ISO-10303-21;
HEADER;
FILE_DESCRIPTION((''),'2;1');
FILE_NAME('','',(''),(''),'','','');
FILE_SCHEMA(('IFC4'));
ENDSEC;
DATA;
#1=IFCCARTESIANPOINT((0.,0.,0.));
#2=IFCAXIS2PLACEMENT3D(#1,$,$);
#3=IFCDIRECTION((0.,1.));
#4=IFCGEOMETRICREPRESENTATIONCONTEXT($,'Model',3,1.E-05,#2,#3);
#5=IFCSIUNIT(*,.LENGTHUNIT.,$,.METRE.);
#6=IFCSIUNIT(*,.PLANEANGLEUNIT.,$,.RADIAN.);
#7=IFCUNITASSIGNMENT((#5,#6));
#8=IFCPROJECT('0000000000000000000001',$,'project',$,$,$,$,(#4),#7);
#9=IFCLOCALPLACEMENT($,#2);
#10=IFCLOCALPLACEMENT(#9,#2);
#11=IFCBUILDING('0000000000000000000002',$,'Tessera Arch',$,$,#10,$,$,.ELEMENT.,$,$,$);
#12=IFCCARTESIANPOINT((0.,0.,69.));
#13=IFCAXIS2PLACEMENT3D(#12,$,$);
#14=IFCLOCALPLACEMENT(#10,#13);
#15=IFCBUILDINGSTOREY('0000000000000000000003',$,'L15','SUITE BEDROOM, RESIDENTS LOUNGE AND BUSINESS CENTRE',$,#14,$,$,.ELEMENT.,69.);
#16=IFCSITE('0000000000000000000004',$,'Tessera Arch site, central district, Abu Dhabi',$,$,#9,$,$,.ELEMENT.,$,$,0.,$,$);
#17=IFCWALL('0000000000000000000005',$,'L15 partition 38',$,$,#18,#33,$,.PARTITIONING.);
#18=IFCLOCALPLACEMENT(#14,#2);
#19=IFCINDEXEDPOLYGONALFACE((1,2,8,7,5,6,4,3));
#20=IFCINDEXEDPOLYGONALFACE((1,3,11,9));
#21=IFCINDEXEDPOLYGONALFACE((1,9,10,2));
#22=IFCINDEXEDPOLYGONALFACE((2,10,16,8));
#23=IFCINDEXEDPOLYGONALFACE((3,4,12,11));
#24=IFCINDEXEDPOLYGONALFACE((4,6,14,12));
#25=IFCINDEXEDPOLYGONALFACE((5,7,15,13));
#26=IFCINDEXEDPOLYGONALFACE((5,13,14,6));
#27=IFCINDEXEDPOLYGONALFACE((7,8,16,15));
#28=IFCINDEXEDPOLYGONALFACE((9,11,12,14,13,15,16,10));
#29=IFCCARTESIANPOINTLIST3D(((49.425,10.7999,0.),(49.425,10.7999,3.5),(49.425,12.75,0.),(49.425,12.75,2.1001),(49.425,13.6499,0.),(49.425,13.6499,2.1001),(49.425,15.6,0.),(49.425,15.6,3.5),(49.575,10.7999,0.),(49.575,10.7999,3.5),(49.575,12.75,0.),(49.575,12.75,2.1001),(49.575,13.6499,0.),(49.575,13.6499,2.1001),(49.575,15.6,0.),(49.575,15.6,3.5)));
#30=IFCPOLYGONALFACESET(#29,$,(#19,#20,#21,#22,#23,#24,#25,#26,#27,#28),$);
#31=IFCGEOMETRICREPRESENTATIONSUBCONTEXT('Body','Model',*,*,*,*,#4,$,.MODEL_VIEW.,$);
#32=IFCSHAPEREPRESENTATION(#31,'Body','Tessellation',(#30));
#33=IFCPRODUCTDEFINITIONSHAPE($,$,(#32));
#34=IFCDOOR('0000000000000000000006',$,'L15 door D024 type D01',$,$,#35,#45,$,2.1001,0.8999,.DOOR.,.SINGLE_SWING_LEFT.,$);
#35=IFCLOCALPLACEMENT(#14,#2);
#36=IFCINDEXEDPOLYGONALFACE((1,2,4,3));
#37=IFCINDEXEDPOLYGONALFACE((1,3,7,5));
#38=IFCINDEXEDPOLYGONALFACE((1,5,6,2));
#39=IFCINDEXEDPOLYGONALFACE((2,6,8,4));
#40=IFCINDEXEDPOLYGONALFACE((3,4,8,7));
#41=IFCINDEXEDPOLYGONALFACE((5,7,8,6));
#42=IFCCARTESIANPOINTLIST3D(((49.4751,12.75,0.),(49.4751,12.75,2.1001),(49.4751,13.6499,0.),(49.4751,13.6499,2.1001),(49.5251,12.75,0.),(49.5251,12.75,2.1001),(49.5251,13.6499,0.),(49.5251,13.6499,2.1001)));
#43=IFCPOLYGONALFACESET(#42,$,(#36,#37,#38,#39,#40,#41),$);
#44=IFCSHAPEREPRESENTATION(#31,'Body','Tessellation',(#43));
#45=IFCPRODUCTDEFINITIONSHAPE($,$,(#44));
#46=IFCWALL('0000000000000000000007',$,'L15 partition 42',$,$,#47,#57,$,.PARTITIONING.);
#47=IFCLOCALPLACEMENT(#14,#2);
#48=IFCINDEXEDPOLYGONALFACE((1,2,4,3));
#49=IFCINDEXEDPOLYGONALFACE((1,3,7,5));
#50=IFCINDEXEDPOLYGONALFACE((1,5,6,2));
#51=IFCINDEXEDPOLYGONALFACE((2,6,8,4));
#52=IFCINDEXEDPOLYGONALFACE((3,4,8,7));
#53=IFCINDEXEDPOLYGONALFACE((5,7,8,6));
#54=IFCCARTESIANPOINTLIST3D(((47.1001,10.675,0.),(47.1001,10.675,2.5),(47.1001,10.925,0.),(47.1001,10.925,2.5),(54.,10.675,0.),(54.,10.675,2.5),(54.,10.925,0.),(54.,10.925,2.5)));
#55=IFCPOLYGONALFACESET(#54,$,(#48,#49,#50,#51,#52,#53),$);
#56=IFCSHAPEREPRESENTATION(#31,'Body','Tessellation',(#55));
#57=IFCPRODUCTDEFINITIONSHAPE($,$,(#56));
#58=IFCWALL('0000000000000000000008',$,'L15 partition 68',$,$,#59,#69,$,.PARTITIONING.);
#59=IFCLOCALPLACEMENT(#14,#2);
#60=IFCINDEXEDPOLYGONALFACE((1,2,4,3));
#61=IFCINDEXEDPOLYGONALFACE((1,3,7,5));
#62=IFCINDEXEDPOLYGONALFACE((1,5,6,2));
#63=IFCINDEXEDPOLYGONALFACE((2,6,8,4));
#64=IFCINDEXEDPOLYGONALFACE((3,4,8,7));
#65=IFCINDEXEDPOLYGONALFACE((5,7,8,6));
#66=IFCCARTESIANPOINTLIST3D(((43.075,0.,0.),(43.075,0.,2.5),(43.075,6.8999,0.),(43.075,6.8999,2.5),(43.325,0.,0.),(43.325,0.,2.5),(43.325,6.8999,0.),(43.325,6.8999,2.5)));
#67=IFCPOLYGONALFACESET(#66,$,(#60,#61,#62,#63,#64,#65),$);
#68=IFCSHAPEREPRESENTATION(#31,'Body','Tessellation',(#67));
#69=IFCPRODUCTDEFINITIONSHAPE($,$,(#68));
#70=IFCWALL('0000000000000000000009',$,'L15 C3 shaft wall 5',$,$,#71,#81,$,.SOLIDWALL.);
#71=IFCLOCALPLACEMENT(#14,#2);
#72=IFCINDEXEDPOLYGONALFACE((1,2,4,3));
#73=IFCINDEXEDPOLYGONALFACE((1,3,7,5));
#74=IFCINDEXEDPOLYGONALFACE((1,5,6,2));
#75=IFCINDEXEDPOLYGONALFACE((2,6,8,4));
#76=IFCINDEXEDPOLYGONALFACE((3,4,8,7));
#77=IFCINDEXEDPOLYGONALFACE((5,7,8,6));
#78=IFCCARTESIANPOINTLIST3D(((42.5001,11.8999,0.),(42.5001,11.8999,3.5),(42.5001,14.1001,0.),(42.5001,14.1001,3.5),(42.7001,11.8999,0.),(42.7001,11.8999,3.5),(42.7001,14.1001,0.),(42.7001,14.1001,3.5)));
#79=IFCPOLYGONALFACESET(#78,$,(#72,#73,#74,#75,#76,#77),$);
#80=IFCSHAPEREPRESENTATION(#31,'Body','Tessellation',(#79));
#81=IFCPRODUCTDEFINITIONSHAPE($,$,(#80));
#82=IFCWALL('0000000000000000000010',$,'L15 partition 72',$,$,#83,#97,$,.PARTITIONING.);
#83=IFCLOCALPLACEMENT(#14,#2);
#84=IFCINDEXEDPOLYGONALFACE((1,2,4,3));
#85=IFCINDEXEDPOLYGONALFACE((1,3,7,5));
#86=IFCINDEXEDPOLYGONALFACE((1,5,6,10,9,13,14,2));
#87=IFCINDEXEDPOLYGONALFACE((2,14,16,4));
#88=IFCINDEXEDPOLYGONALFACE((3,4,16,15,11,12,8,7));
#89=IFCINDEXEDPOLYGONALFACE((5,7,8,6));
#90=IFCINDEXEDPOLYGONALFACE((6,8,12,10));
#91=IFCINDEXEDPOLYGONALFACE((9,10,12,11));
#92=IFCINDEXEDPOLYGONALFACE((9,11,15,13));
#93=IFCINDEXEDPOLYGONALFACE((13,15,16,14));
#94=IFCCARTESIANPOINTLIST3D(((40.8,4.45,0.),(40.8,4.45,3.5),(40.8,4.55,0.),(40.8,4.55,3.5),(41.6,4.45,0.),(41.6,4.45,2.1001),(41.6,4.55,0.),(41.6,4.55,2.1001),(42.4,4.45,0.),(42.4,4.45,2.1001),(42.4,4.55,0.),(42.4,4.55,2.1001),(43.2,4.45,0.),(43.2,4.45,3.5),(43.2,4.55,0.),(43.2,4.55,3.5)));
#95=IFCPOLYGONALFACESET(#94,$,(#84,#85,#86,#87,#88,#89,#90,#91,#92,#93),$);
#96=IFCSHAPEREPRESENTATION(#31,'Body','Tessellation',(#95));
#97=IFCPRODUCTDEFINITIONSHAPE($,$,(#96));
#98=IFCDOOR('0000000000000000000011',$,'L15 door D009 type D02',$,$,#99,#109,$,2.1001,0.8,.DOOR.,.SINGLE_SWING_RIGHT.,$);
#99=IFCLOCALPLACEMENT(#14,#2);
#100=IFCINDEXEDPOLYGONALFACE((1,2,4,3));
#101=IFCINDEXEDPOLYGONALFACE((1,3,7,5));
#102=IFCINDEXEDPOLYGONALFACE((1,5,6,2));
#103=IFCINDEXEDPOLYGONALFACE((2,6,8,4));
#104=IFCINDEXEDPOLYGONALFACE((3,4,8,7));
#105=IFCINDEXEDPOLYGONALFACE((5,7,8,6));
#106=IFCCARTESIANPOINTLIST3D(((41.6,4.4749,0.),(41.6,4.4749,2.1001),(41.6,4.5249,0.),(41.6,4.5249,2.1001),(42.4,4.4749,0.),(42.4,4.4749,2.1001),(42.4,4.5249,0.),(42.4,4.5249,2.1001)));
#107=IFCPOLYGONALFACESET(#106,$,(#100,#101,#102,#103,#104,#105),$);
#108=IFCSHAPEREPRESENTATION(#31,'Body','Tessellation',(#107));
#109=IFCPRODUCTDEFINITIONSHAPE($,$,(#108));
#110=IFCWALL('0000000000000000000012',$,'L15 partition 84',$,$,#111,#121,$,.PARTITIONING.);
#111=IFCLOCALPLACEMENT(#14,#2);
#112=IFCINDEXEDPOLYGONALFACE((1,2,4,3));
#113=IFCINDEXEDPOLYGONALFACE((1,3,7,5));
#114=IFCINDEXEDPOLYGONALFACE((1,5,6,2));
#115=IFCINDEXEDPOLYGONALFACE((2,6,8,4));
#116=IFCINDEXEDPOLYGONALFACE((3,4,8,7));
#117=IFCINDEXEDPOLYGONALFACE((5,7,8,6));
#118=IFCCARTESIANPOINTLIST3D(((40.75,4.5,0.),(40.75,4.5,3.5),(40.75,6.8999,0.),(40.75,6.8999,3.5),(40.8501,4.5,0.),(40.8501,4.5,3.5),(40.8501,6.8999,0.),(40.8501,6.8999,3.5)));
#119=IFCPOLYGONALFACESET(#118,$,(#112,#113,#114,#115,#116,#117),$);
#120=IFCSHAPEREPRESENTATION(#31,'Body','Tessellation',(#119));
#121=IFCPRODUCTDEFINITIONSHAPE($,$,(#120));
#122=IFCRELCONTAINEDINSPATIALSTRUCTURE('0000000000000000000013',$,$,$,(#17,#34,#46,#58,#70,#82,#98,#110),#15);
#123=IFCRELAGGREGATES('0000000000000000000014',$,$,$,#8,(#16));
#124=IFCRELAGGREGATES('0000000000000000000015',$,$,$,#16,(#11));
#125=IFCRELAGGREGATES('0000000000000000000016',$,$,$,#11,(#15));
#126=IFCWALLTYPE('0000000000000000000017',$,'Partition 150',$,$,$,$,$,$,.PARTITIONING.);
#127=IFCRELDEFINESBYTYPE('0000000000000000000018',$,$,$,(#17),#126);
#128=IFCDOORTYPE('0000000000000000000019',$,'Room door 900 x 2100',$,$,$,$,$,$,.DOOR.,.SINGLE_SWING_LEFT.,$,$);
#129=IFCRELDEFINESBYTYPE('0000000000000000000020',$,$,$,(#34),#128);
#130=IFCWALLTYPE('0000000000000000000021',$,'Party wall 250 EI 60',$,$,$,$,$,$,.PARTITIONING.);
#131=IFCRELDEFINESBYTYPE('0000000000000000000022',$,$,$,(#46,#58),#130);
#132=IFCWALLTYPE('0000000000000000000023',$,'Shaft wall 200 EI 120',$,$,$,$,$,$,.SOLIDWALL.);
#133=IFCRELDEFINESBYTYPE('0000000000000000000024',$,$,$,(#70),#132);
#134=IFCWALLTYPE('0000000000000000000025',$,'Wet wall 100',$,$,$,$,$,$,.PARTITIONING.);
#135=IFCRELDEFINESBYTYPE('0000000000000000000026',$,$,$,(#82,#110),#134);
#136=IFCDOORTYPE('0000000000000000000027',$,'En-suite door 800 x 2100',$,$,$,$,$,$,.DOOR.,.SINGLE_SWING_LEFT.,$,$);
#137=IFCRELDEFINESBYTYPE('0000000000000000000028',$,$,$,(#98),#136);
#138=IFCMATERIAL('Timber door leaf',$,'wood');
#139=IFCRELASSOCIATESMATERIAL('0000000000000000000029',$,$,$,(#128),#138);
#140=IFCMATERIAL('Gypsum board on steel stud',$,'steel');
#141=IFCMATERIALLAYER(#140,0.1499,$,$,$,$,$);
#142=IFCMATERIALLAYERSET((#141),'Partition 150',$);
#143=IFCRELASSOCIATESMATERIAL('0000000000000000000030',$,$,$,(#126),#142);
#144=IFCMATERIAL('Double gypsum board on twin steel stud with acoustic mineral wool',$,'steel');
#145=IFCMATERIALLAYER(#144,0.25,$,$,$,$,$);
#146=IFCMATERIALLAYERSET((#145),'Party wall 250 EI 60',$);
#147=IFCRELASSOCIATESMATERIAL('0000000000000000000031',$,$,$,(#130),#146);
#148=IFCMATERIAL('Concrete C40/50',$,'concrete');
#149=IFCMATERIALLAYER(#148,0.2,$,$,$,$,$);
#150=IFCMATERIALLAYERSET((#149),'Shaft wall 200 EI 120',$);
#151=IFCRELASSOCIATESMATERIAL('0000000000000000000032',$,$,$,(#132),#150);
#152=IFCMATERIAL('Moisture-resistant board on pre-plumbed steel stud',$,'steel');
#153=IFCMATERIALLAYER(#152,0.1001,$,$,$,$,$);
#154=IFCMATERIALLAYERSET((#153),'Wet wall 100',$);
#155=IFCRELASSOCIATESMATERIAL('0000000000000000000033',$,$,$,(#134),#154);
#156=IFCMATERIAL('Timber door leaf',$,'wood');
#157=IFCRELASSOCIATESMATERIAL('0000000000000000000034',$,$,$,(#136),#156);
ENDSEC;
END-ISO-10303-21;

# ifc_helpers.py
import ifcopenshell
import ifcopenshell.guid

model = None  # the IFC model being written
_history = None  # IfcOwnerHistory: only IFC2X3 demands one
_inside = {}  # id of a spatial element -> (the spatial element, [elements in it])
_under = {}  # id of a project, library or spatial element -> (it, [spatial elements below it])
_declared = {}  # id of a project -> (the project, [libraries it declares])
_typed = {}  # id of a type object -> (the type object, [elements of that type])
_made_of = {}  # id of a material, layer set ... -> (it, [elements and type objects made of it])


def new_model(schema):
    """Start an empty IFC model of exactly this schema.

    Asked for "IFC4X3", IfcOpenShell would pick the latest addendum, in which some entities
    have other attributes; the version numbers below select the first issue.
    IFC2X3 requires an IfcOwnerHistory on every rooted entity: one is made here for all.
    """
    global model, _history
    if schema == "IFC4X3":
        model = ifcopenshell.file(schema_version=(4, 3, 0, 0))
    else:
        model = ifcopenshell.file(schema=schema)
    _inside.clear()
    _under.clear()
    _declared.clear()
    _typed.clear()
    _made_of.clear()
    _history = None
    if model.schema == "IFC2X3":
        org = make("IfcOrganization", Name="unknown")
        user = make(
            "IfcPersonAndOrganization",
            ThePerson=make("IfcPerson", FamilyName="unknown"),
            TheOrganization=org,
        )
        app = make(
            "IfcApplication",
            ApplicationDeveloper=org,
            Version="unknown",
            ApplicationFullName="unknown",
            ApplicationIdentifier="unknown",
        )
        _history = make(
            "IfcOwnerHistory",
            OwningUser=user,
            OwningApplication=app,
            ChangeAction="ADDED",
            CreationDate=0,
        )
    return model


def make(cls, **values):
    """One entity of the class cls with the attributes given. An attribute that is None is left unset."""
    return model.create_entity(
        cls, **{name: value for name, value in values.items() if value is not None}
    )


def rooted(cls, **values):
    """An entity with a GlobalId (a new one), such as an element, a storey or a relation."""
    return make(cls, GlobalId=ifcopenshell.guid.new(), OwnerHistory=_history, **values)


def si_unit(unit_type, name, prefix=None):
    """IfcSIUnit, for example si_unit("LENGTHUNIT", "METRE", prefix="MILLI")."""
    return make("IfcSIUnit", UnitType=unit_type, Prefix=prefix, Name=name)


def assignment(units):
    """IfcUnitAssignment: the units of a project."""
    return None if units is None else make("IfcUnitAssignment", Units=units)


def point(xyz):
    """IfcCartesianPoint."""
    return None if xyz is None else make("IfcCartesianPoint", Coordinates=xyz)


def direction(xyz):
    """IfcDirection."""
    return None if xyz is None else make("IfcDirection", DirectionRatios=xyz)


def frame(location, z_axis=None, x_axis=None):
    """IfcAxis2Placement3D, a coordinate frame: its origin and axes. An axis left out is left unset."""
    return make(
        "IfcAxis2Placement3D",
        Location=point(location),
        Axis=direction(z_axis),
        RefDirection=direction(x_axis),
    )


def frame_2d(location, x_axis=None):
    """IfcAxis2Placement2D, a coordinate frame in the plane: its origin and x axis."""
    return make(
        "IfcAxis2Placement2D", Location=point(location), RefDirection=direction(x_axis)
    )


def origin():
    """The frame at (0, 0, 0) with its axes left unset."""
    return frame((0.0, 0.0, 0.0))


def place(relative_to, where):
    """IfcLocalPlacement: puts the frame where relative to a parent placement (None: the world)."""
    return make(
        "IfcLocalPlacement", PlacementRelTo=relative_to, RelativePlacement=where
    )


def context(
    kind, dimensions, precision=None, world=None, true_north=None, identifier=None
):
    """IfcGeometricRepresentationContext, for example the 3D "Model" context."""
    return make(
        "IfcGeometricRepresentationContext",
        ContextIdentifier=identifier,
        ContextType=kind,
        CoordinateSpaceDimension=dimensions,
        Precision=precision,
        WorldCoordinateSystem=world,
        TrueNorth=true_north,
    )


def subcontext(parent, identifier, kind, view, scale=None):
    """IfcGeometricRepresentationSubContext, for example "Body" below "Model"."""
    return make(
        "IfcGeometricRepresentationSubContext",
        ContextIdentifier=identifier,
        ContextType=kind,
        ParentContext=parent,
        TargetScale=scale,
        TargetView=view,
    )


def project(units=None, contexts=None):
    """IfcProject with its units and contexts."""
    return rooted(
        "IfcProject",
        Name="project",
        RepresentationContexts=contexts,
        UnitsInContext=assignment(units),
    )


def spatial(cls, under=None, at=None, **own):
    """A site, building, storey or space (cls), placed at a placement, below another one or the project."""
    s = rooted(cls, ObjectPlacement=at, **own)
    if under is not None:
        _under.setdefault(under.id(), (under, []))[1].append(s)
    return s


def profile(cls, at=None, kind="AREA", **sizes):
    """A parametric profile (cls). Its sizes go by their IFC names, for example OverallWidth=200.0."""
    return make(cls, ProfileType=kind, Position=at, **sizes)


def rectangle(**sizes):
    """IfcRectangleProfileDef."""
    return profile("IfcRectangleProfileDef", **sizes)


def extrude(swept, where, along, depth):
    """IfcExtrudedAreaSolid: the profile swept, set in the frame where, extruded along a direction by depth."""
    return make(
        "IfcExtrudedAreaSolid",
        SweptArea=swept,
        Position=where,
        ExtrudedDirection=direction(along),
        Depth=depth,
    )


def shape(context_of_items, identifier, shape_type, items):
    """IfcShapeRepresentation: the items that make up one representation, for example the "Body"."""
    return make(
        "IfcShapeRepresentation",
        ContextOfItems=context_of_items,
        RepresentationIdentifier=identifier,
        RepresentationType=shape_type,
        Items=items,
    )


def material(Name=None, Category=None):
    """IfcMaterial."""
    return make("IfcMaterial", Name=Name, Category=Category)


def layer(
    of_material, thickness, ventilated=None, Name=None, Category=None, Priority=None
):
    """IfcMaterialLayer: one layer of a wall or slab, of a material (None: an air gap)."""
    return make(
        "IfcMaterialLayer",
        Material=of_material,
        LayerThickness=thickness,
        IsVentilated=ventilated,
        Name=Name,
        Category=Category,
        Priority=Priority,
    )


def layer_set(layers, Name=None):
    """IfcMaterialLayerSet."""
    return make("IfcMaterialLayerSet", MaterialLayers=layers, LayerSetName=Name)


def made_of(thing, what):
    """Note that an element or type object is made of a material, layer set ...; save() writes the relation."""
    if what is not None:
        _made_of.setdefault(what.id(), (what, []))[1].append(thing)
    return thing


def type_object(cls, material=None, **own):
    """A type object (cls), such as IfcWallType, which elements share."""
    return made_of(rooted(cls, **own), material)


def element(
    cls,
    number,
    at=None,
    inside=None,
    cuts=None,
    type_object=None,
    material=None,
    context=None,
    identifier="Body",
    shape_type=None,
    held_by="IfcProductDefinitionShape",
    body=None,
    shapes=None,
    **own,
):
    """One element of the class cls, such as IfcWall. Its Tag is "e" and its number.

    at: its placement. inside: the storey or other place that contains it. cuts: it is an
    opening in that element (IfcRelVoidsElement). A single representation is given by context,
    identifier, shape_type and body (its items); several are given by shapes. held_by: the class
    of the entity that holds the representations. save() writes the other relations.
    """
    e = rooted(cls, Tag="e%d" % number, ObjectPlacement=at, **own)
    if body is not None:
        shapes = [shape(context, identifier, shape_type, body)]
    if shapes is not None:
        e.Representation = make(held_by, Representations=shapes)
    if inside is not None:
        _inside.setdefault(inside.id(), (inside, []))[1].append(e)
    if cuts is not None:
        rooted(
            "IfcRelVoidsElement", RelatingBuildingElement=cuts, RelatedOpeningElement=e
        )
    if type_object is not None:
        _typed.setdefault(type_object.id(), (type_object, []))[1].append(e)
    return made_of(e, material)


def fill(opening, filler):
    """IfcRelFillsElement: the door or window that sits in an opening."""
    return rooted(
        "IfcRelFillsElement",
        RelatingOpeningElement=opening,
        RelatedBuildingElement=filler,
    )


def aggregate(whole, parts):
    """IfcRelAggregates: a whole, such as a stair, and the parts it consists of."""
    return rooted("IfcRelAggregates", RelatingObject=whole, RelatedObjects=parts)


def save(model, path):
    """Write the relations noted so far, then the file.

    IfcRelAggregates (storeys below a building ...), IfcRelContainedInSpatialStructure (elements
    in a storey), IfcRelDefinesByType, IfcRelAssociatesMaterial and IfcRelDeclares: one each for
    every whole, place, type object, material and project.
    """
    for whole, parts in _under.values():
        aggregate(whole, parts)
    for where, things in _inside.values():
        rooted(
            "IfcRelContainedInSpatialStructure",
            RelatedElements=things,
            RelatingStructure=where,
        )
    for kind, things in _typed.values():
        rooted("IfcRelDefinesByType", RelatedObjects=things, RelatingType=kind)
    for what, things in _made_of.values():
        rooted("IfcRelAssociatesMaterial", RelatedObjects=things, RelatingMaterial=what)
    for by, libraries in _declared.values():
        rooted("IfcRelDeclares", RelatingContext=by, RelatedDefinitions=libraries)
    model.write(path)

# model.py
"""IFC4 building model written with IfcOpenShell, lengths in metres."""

from ifc_helpers import new_model, si_unit, direction, frame, frame_2d, origin, place, context, subcontext, project, spatial, rectangle, extrude, material, layer, layer_set, type_object, element, fill, save


model = new_model("IFC4")

# Units and contexts
model_context = context("Model", 3, precision=1e-05, world=origin(), true_north=direction((0.0, 1.0)))
body_context = subcontext(model_context, "Body", "Model", "MODEL_VIEW")
ifc_project = project(units=[si_unit("LENGTHUNIT", "METRE"), si_unit("PLANEANGLEUNIT", "RADIAN")], contexts=[model_context])

# Site, building, storey
site_placement = place(None, origin())
site = spatial("IfcSite", under=ifc_project, at=site_placement, Name="Tessera Arch site, central district, Abu Dhabi", CompositionType="ELEMENT", RefElevation=0.0)
building_placement = place(site_placement, origin())
building = spatial("IfcBuilding", under=site, at=building_placement, Name="Tessera Arch", CompositionType="ELEMENT")
storey_placement = place(building_placement, frame((0.0, 0.0, 69.0)))
storey = spatial("IfcBuildingStorey", under=building, at=storey_placement, Name="L15", Description="SUITE BEDROOM, RESIDENTS LOUNGE AND BUSINESS CENTRE", CompositionType="ELEMENT", Elevation=69.0)

# Shared definitions
ifc_material_1 = material(Name="Timber door leaf", Category="wood")
door_type_1 = type_object("IfcDoorType", Name="Room door 900 x 2100", OperationType="SINGLE_SWING_LEFT", PredefinedType="DOOR", material=ifc_material_1)

# Wall, opening, door
ifc_material_2 = material(Name="Gypsum board on steel stud", Category="steel")
ifc_layer_1 = layer(ifc_material_2, 0.1499)
ifc_layer_set_1 = layer_set([ifc_layer_1], Name="Partition 150")
wall_type_1 = type_object("IfcWallType", Name="Partition 150", PredefinedType="PARTITIONING", material=ifc_layer_set_1)
wall_1_placement = place(storey_placement, frame((49.5, 10.8, 0.0), z_axis=(0.0, 0.0, 1.0), x_axis=(0.0, 1.0, 0.0)))
wall_1 = element("IfcWall", 1, at=wall_1_placement, inside=storey, type_object=wall_type_1, Name="L15 partition 38", PredefinedType="PARTITIONING", context=body_context, shape_type="SweptSolid", body=[
    extrude(rectangle(XDim=4.8, YDim=0.1499, at=frame_2d((2.3999, 0.0))), origin(), (0.0, 0.0, 1.0), 3.5),
])
opening_1_placement = place(wall_1_placement, frame((1.95, 0.0, 0.0)))
opening_1 = element("IfcOpeningElement", 2, at=opening_1_placement, cuts=wall_1, PredefinedType="OPENING", context=body_context, shape_type="SweptSolid", body=[
    extrude(rectangle(XDim=0.8999, YDim=2.1001, at=frame_2d((0.45, 1.05))), frame((0.0, 0.085, 0.0), z_axis=(0.0, -1.0, 0.0), x_axis=(1.0, 0.0, 0.0)), (0.0, 0.0, 1.0), 0.1699),
])
door_1_placement = place(opening_1_placement, origin())
door_1 = element("IfcDoor", 3, at=door_1_placement, inside=storey, type_object=door_type_1, Name="L15 door D024 type D01", OperationType="SINGLE_SWING_LEFT", OverallHeight=2.1001, OverallWidth=0.8999, PredefinedType="DOOR", context=body_context, shape_type="SweptSolid", body=[
    extrude(rectangle(XDim=0.8999, YDim=2.1001, at=frame_2d((0.45, 1.05))), frame((0.0, 0.0249, 0.0), z_axis=(0.0, -1.0, 0.0), x_axis=(1.0, 0.0, 0.0)), (0.0, 0.0, 1.0), 0.05),
])
fill(opening_1, door_1)

# Walls
ifc_material_3 = material(Name="Double gypsum board on twin steel stud with acoustic mineral wool", Category="steel")
ifc_layer_2 = layer(ifc_material_3, 0.25)
ifc_layer_set_2 = layer_set([ifc_layer_2], Name="Party wall 250 EI 60")
wall_type_2 = type_object("IfcWallType", Name="Party wall 250 EI 60", PredefinedType="PARTITIONING", material=ifc_layer_set_2)
for number, where, z_axis, x_axis, name in (
    (4, (47.1001, 10.8, 0.0), (0.0, 0.0, 1.0), (1.0, 0.0, 0.0), "L15 partition 42"),
    (5, (43.2, 0.0, 0.0), (0.0, 0.0, 1.0), (0.0, 1.0, 0.0), "L15 partition 68"),
):
    element("IfcWall", number, at=place(storey_placement, frame(where, z_axis=z_axis, x_axis=x_axis)), inside=storey, type_object=wall_type_2, Name=name, PredefinedType="PARTITIONING", context=body_context, shape_type="SweptSolid", body=[
        extrude(rectangle(XDim=6.8999, YDim=0.25, at=frame_2d((3.45, 0.0))), origin(), (0.0, 0.0, 1.0), 2.5),
    ])
ifc_material_4 = material(Name="Concrete C40/50", Category="concrete")
ifc_layer_3 = layer(ifc_material_4, 0.2)
ifc_layer_set_3 = layer_set([ifc_layer_3], Name="Shaft wall 200 EI 120")
wall_type_3 = type_object("IfcWallType", Name="Shaft wall 200 EI 120", PredefinedType="SOLIDWALL", material=ifc_layer_set_3)
wall_2_placement = place(storey_placement, frame((42.6001, 11.8999, 0.0), z_axis=(0.0, 0.0, 1.0), x_axis=(0.0, 1.0, 0.0)))
element("IfcWall", 6, at=wall_2_placement, inside=storey, type_object=wall_type_3, Name="L15 C3 shaft wall 5", PredefinedType="SOLIDWALL", context=body_context, shape_type="SweptSolid", body=[
    extrude(rectangle(XDim=2.2002, YDim=0.2, at=frame_2d((1.1001, 0.0))), origin(), (0.0, 0.0, 1.0), 3.5),
])

# Wall, opening, door
ifc_material_5 = material(Name="Moisture-resistant board on pre-plumbed steel stud", Category="steel")
ifc_layer_4 = layer(ifc_material_5, 0.1001)
ifc_layer_set_4 = layer_set([ifc_layer_4], Name="Wet wall 100")
wall_type_4 = type_object("IfcWallType", Name="Wet wall 100", PredefinedType="PARTITIONING", material=ifc_layer_set_4)
wall_3_placement = place(storey_placement, frame((40.8, 4.5, 0.0), z_axis=(0.0, 0.0, 1.0), x_axis=(1.0, 0.0, 0.0)))
wall_3 = element("IfcWall", 7, at=wall_3_placement, inside=storey, type_object=wall_type_4, Name="L15 partition 72", PredefinedType="PARTITIONING", context=body_context, shape_type="SweptSolid", body=[
    extrude(rectangle(XDim=2.3999, YDim=0.1001, at=frame_2d((1.2, 0.0))), origin(), (0.0, 0.0, 1.0), 3.5),
])
opening_2_placement = place(wall_3_placement, frame((0.8, 0.0, 0.0)))
opening_2 = element("IfcOpeningElement", 8, at=opening_2_placement, cuts=wall_3, PredefinedType="OPENING", context=body_context, shape_type="SweptSolid", body=[
    extrude(rectangle(XDim=0.8, YDim=2.1001, at=frame_2d((0.3999, 1.05))), frame((0.0, 0.0601, 0.0), z_axis=(0.0, -1.0, 0.0), x_axis=(1.0, 0.0, 0.0)), (0.0, 0.0, 1.0), 0.1201),
])
ifc_material_6 = material(Name="Timber door leaf", Category="wood")
door_type_2 = type_object("IfcDoorType", Name="En-suite door 800 x 2100", OperationType="SINGLE_SWING_LEFT", PredefinedType="DOOR", material=ifc_material_6)
door_2_placement = place(opening_2_placement, origin())
door_2 = element("IfcDoor", 9, at=door_2_placement, inside=storey, type_object=door_type_2, Name="L15 door D009 type D02", OperationType="SINGLE_SWING_RIGHT", OverallHeight=2.1001, OverallWidth=0.8, PredefinedType="DOOR", context=body_context, shape_type="SweptSolid", body=[
    extrude(rectangle(XDim=0.8, YDim=2.1001, at=frame_2d((0.3999, 1.05))), frame((0.0, 0.0249, 0.0), z_axis=(0.0, -1.0, 0.0), x_axis=(1.0, 0.0, 0.0)), (0.0, 0.0, 1.0), 0.05),
])
fill(opening_2, door_2)

# Wall
wall_4_placement = place(storey_placement, frame((40.8, 4.5, 0.0), z_axis=(0.0, 0.0, 1.0), x_axis=(0.0, 1.0, 0.0)))
element("IfcWall", 10, at=wall_4_placement, inside=storey, type_object=wall_type_4, Name="L15 partition 84", PredefinedType="PARTITIONING", context=body_context, shape_type="SweptSolid", body=[
    extrude(rectangle(XDim=2.3999, YDim=0.1001, at=frame_2d((1.2, 0.0))), origin(), (0.0, 0.0, 1.0), 3.5),
])

save(model, "model.ifc")
